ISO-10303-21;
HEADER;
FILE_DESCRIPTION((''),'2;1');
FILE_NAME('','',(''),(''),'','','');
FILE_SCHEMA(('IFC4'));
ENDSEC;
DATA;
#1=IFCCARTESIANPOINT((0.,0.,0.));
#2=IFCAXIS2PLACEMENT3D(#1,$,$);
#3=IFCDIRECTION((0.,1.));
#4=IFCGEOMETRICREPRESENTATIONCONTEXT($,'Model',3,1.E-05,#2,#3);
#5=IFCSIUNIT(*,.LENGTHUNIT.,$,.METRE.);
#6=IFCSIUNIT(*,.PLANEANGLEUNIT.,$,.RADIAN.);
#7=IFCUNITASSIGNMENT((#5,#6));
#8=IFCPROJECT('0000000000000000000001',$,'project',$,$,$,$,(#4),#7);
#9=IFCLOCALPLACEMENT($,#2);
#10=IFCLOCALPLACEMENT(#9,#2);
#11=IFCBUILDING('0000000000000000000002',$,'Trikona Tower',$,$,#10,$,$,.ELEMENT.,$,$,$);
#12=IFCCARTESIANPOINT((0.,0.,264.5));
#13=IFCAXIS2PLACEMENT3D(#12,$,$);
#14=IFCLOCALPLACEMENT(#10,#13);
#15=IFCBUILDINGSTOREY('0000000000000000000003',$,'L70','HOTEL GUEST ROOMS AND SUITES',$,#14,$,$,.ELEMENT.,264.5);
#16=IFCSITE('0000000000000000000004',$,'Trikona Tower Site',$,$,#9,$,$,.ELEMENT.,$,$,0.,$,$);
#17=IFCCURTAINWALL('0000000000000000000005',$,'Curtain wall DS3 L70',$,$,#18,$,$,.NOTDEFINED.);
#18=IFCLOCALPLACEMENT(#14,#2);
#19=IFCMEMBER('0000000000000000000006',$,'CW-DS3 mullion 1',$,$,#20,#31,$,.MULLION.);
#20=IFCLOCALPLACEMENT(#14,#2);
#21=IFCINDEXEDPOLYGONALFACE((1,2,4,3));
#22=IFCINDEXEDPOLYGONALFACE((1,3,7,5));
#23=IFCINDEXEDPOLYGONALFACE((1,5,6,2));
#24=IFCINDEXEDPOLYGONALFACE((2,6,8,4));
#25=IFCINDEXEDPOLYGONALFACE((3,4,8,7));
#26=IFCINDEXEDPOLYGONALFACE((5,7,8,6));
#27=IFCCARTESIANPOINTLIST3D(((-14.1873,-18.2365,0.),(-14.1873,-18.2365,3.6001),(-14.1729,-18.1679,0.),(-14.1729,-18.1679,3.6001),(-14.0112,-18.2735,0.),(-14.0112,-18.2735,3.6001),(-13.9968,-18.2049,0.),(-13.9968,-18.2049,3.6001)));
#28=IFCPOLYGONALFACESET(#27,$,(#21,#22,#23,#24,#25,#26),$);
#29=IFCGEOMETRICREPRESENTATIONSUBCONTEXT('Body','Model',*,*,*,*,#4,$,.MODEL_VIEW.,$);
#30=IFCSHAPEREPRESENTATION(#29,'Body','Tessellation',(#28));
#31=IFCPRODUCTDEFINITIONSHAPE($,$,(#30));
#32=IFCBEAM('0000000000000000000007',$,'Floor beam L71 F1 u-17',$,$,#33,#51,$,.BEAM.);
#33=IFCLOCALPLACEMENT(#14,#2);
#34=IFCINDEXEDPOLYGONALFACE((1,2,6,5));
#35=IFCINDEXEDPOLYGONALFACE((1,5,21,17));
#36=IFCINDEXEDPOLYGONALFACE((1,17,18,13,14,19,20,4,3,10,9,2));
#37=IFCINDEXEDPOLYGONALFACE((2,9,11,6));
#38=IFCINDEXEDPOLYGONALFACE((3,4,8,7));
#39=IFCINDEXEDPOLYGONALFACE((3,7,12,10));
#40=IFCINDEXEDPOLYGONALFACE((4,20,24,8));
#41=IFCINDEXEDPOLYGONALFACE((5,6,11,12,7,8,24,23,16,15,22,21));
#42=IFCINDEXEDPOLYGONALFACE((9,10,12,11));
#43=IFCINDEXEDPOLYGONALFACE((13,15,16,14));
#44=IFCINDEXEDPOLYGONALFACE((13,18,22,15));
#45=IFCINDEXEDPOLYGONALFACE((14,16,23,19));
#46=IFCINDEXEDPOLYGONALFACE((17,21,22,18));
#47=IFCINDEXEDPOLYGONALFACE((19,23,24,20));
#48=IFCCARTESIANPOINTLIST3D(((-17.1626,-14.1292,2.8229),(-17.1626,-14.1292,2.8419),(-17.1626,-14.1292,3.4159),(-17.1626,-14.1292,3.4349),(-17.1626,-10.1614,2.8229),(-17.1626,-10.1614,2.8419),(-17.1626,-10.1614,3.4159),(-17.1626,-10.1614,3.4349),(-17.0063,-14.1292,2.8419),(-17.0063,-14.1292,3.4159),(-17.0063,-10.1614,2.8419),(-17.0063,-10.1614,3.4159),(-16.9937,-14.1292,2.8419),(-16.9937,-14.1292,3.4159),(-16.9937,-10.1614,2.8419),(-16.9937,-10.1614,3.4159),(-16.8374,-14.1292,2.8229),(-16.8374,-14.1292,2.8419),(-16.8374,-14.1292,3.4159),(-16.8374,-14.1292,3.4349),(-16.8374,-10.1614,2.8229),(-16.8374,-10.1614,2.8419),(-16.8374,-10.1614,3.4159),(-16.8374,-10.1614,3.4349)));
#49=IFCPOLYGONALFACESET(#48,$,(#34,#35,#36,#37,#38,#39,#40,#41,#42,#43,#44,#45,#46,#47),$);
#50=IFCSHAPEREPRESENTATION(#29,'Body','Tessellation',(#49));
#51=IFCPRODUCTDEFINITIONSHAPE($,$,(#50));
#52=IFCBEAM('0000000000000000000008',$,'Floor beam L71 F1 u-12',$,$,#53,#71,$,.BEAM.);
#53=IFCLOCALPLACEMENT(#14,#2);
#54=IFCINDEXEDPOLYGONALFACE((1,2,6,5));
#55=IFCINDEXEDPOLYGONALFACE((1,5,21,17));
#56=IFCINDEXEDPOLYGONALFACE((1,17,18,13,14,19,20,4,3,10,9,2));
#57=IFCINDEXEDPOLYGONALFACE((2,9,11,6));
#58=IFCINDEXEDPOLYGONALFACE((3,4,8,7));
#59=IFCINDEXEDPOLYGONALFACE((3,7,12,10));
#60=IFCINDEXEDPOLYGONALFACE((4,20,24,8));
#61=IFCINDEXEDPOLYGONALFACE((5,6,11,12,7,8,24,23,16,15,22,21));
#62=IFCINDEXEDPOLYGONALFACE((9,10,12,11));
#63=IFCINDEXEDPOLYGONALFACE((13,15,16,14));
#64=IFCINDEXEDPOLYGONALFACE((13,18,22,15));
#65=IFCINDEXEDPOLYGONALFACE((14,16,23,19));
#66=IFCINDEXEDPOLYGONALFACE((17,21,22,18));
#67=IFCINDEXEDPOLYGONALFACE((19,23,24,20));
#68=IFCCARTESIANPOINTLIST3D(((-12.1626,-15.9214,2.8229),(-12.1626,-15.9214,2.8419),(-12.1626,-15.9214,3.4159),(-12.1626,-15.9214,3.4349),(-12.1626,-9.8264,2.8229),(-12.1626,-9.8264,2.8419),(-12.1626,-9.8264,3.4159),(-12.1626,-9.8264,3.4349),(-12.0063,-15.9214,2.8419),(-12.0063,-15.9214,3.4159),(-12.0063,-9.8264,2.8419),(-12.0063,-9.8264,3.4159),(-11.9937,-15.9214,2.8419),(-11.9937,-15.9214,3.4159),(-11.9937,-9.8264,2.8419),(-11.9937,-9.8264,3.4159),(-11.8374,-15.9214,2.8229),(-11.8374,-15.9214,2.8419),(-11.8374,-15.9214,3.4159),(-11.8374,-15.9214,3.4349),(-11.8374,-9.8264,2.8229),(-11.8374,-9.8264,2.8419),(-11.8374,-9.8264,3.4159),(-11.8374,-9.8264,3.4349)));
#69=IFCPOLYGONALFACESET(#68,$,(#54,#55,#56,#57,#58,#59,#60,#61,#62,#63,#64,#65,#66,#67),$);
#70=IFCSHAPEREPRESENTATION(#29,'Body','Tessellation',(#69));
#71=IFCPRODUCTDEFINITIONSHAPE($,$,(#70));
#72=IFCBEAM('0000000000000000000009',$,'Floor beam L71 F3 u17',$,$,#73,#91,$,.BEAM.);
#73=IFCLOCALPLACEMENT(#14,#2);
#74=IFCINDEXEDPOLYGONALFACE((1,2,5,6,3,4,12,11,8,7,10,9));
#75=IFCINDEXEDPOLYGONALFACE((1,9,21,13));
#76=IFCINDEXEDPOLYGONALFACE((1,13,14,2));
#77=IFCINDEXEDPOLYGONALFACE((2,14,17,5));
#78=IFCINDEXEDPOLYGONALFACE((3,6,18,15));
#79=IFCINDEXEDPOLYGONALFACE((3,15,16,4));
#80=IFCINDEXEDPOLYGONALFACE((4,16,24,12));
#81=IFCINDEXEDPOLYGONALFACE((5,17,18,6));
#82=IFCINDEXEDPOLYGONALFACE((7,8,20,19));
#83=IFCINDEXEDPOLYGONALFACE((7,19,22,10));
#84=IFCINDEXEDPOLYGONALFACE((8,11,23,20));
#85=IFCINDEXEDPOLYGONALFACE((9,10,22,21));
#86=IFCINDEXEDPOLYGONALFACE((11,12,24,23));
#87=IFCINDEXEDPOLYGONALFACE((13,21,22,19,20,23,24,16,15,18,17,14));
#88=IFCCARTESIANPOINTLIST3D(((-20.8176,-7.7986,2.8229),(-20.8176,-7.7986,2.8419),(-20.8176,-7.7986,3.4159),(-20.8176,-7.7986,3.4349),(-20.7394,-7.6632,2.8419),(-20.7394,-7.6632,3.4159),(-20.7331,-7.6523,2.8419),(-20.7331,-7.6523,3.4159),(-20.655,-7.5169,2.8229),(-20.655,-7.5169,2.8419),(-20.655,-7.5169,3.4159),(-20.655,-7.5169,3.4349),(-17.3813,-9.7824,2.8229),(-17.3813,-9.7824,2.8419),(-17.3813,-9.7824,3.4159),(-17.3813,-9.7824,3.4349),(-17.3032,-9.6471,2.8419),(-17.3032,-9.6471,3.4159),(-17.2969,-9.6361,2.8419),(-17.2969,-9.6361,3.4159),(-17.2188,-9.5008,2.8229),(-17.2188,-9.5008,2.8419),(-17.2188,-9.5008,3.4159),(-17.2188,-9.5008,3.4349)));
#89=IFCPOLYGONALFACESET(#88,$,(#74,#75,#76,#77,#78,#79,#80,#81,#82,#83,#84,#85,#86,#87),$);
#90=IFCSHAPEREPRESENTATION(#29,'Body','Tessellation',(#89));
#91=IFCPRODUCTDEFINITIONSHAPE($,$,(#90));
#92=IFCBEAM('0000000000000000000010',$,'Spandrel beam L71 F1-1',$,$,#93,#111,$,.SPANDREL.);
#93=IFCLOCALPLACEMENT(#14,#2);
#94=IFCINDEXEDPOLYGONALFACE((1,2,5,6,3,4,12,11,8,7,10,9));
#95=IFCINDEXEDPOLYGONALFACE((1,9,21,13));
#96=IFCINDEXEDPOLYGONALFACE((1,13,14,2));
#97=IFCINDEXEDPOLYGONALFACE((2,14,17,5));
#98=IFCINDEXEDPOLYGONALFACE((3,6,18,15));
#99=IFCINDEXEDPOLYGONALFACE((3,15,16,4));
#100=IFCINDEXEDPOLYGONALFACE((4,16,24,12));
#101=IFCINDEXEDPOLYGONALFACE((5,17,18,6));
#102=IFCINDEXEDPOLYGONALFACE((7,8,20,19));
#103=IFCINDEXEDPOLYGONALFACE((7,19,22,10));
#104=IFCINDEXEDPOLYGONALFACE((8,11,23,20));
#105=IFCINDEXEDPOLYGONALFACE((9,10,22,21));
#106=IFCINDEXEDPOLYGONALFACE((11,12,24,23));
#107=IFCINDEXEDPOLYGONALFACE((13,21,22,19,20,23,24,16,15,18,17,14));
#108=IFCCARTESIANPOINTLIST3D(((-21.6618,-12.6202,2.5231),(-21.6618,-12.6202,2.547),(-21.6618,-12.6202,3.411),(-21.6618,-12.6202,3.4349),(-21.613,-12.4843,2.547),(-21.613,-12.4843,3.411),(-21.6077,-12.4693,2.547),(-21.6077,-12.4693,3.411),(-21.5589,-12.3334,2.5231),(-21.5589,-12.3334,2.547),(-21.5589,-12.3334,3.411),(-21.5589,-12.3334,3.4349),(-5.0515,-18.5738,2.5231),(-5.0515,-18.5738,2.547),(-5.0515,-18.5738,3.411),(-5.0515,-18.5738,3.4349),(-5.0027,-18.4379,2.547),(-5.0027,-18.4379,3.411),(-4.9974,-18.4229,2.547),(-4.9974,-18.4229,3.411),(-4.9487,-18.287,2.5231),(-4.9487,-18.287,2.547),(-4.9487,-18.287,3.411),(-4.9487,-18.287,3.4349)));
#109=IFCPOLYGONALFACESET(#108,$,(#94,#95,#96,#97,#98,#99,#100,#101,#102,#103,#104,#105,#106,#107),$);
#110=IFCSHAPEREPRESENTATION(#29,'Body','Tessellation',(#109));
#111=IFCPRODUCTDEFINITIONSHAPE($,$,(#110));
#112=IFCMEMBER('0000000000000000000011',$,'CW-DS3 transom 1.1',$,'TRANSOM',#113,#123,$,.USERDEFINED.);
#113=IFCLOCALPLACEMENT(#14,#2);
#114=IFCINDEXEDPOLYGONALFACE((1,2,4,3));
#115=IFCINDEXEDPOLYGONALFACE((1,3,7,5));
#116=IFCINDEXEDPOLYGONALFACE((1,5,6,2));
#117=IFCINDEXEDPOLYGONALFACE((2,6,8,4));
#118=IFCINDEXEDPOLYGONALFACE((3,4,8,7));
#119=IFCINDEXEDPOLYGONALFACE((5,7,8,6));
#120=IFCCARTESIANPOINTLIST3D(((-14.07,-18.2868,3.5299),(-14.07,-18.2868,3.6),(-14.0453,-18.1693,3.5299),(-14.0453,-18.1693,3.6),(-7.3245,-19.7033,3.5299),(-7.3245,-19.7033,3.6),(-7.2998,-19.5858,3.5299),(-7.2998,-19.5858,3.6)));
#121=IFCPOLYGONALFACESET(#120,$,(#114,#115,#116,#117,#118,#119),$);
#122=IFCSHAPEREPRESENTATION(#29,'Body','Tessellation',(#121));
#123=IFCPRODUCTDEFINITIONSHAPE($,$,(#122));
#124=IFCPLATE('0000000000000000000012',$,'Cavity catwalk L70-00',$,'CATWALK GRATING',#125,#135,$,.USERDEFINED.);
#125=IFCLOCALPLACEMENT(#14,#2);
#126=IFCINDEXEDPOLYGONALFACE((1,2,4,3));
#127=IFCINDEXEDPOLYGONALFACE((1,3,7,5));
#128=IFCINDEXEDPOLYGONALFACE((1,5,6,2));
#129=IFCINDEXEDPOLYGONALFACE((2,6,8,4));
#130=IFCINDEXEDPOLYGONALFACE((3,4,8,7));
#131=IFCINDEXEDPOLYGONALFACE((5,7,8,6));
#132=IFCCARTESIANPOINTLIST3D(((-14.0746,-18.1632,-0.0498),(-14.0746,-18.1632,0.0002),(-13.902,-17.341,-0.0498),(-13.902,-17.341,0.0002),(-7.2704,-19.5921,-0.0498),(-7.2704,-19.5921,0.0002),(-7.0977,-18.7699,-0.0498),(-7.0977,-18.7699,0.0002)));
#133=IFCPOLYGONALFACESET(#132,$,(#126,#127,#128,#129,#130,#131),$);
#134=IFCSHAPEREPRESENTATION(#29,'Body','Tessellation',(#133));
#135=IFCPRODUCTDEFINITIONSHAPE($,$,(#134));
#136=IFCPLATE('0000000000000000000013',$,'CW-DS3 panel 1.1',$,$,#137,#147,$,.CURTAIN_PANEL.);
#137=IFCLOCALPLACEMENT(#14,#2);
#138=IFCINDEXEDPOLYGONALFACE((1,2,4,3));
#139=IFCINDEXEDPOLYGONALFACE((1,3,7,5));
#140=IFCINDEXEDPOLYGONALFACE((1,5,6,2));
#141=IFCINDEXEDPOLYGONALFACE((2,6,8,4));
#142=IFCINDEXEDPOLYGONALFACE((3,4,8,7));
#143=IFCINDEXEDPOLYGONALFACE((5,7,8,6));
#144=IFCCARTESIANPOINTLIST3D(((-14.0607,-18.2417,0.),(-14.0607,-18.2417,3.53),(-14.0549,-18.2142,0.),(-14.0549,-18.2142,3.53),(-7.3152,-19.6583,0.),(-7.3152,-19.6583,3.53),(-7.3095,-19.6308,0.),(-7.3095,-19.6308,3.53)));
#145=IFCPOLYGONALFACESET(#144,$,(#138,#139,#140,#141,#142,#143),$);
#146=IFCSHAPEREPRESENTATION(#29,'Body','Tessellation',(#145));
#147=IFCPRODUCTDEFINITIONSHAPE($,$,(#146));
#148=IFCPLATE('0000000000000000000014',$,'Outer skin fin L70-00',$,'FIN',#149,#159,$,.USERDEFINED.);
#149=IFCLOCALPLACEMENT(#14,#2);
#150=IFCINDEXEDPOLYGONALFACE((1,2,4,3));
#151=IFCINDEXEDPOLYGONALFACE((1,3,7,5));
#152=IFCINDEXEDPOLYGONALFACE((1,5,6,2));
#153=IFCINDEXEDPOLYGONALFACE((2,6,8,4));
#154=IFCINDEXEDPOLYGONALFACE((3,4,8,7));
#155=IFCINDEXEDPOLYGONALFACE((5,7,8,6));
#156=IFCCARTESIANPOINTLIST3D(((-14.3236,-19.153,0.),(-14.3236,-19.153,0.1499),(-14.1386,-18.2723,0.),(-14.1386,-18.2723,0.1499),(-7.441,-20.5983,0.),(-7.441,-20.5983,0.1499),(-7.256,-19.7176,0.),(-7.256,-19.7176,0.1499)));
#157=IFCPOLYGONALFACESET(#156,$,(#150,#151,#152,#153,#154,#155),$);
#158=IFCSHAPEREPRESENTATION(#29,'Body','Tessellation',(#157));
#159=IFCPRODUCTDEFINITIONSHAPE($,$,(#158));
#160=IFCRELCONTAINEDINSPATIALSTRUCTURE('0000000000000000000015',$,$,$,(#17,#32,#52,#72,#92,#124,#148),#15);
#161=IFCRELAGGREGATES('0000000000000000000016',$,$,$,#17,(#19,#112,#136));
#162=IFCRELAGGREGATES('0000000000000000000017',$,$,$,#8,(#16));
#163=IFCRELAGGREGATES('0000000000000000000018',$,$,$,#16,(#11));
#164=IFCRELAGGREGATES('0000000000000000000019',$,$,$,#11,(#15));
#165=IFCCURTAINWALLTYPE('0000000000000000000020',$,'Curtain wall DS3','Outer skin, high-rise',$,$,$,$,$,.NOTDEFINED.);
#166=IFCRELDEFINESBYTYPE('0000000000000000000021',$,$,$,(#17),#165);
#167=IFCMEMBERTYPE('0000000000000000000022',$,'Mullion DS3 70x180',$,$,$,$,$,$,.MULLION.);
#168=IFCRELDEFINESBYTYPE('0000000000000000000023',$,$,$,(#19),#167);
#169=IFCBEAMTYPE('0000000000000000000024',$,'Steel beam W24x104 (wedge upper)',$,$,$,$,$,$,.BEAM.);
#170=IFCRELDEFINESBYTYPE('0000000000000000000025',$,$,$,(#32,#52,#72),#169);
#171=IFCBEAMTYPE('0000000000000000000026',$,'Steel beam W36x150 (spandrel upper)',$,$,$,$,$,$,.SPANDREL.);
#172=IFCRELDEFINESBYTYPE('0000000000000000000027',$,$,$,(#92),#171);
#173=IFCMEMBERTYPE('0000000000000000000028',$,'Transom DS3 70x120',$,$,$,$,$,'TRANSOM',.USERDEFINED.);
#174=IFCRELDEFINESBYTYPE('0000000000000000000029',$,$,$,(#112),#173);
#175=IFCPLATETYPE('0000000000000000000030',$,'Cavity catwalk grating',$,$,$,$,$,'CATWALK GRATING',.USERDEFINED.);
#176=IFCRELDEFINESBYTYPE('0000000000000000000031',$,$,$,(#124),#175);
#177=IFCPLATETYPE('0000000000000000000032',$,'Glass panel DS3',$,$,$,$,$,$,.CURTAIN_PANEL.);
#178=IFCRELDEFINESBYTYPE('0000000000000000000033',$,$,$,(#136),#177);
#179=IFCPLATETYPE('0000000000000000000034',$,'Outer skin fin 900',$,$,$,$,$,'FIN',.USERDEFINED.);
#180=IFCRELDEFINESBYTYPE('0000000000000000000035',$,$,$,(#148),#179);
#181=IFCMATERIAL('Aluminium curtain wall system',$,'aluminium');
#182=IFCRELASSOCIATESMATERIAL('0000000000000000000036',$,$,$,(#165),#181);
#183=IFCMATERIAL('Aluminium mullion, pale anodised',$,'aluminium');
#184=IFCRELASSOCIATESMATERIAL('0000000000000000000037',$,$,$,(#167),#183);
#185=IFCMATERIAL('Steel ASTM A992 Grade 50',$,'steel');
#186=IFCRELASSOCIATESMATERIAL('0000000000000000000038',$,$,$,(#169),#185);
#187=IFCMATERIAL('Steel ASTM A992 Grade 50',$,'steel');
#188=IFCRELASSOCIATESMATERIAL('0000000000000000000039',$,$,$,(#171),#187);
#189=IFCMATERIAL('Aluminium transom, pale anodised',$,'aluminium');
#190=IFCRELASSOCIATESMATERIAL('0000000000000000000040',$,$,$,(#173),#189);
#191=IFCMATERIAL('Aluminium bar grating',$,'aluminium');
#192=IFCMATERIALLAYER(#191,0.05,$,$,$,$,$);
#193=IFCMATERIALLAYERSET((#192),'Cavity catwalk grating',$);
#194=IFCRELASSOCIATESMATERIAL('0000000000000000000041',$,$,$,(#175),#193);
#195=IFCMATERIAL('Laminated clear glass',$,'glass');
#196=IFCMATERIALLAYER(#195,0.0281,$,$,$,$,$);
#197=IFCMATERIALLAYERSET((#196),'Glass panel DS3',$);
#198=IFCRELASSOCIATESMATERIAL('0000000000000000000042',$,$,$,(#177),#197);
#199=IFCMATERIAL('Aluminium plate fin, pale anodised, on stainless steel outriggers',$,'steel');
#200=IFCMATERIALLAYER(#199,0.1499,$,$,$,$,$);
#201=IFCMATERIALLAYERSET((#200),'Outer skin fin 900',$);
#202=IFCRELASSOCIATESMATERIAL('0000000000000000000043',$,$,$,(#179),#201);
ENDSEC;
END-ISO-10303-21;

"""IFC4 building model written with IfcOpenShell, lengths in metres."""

from ifc_helpers import new_model, si_unit, direction, frame, origin, origin_2d, place, context, subcontext, project, spatial, rectangle, i_section, extrude, material, layer, layer_set, material_profile, profile_set, type_object, element, aggregate, save


model = new_model("IFC4")

# Units and contexts
model_context = context("Model", 3, precision=1e-05, world=origin(), true_north=direction((0.0, 1.0)))
body_context = subcontext(model_context, "Body", "Model", "MODEL_VIEW")
ifc_project = project(units=[si_unit("LENGTHUNIT", "METRE"), si_unit("PLANEANGLEUNIT", "RADIAN")], contexts=[model_context])

# Site, building, storey
site_placement = place(None, origin())
site = spatial("IfcSite", under=ifc_project, at=site_placement, Name="Trikona Tower Site", CompositionType="ELEMENT", RefElevation=0.0)
building_placement = place(site_placement, origin())
building = spatial("IfcBuilding", under=site, at=building_placement, Name="Trikona Tower", CompositionType="ELEMENT")
storey_placement = place(building_placement, frame((0.0, 0.0, 264.5)))
storey = spatial("IfcBuildingStorey", under=building, at=storey_placement, Name="L70", Description="HOTEL GUEST ROOMS AND SUITES", CompositionType="ELEMENT", Elevation=264.5)

# Curtain wall, member
ifc_material_1 = material(Name="Aluminium curtain wall system", Category="aluminium")
curtain_wall_type = type_object("IfcCurtainWallType", Name="Curtain wall DS3", Description="Outer skin, high-rise", PredefinedType="NOTDEFINED", material=ifc_material_1)
curtain_wall_placement = place(storey_placement, origin())
curtain_wall = element("IfcCurtainWall", 1, at=curtain_wall_placement, inside=storey, type_object=curtain_wall_type, Name="Curtain wall DS3 L70", PredefinedType="NOTDEFINED")
ifc_material_2 = material(Name="Aluminium mullion, pale anodised", Category="aluminium")
ifc_material_profile_1 = material_profile(ifc_material_2, rectangle(XDim=0.0701, YDim=0.1799, at=origin_2d()), Name="MUL-DS3")
ifc_profile_set_1 = profile_set([ifc_material_profile_1], Name="Aluminium mullion, pale anodised")
member_type_1 = type_object("IfcMemberType", Name="Mullion DS3 70x180", PredefinedType="MULLION", material=ifc_profile_set_1)
member_1_placement = place(storey_placement, frame((-14.092, -18.2207, 0.0), z_axis=(0.0, 0.0, 1.0), x_axis=(0.205527, 0.978651, 0.0)))
member_1 = element("IfcMember", 2, at=member_1_placement, type_object=member_type_1, Name="CW-DS3 mullion 1", PredefinedType="MULLION", context=body_context, shape_type="SweptSolid", body=[
    extrude(rectangle(XDim=0.0701, YDim=0.1799, at=origin_2d()), origin(), (0.0, 0.0, 1.0), 3.6001),
])

# Beams
ifc_material_3 = material(Name="Steel ASTM A992 Grade 50", Category="steel")
ifc_material_profile_2 = material_profile(ifc_material_3, i_section(OverallWidth=0.3252, OverallDepth=0.6121, WebThickness=0.0127, FlangeThickness=0.019, at=origin_2d()), Name="W24X104")
ifc_profile_set_2 = profile_set([ifc_material_profile_2], Name="Steel ASTM A992 Grade 50")
beam_type_1 = type_object("IfcBeamType", Name="Steel beam W24x104 (wedge upper)", PredefinedType="BEAM", material=ifc_profile_set_2)
beam_1_placement = place(storey_placement, frame((-17.0, -10.1614, 3.1289), z_axis=(0.0, -1.0, 0.0), x_axis=(1.0, 0.0, 0.0)))
element("IfcBeam", 3, at=beam_1_placement, inside=storey, type_object=beam_type_1, Name="Floor beam L71 F1 u-17", PredefinedType="BEAM", context=body_context, shape_type="SweptSolid", body=[
    extrude(i_section(OverallWidth=0.3252, OverallDepth=0.6121, WebThickness=0.0127, FlangeThickness=0.019, at=origin_2d()), origin(), (0.0, 0.0, 1.0), 3.9678),
])
beam_2_placement = place(storey_placement, frame((-12.0, -9.8264, 3.1289), z_axis=(0.0, -1.0, 0.0), x_axis=(1.0, 0.0, 0.0)))
element("IfcBeam", 4, at=beam_2_placement, inside=storey, type_object=beam_type_1, Name="Floor beam L71 F1 u-12", PredefinedType="BEAM", context=body_context, shape_type="SweptSolid", body=[
    extrude(i_section(OverallWidth=0.3252, OverallDepth=0.6121, WebThickness=0.0127, FlangeThickness=0.019, at=origin_2d()), origin(), (0.0, 0.0, 1.0), 6.095),
])
beam_3_placement = place(storey_placement, frame((-17.3, -9.6416, 3.1289), z_axis=(-0.866031, 0.499991, 0.0), x_axis=(-0.499991, -0.866031, 0.0)))
element("IfcBeam", 5, at=beam_3_placement, inside=storey, type_object=beam_type_1, Name="Floor beam L71 F3 u17", PredefinedType="BEAM", context=body_context, shape_type="SweptSolid", body=[
    extrude(i_section(OverallWidth=0.3252, OverallDepth=0.6121, WebThickness=0.0127, FlangeThickness=0.019, at=origin_2d()), origin(), (0.0, 0.0, 1.0), 3.9678),
])
ifc_material_4 = material(Name="Steel ASTM A992 Grade 50", Category="steel")
ifc_material_profile_3 = material_profile(ifc_material_4, i_section(OverallWidth=0.3047, OverallDepth=0.9119, WebThickness=0.0159, FlangeThickness=0.0239, at=origin_2d()), Name="W36X150")
ifc_profile_set_3 = profile_set([ifc_material_profile_3], Name="Steel ASTM A992 Grade 50")
beam_type_2 = type_object("IfcBeamType", Name="Steel beam W36x150 (spandrel upper)", PredefinedType="SPANDREL", material=ifc_profile_set_3)
beam_4_placement = place(storey_placement, frame((-21.6104, -12.4768, 2.979), z_axis=(0.941358, -0.337409, 0.0), x_axis=(0.337409, 0.941358, 0.0)))
element("IfcBeam", 6, at=beam_4_placement, inside=storey, type_object=beam_type_2, Name="Spandrel beam L71 F1-1", PredefinedType="SPANDREL", context=body_context, shape_type="SweptSolid", body=[
    extrude(i_section(OverallWidth=0.3047, OverallDepth=0.9119, WebThickness=0.0159, FlangeThickness=0.0239, at=origin_2d()), origin(), (0.0, 0.0, 1.0), 17.645),
])

# Member
ifc_material_5 = material(Name="Aluminium transom, pale anodised", Category="aluminium")
ifc_material_profile_4 = material_profile(ifc_material_5, rectangle(XDim=0.1201, YDim=0.0701, at=origin_2d()), Name="TRN-DS3")
ifc_profile_set_4 = profile_set([ifc_material_profile_4], Name="Aluminium transom, pale anodised")
member_type_2 = type_object("IfcMemberType", Name="Transom DS3 70x120", ElementType="TRANSOM", PredefinedType="USERDEFINED", material=ifc_profile_set_4)
member_2_placement = place(storey_placement, frame((-14.0576, -18.228, 3.5649), z_axis=(0.978654, -0.205514, 0.0), x_axis=(0.205514, 0.978654, 0.0)))
member_2 = element("IfcMember", 7, at=member_2_placement, type_object=member_type_2, Name="CW-DS3 transom 1.1", ObjectType="TRANSOM", PredefinedType="USERDEFINED", context=body_context, shape_type="SweptSolid", body=[
    extrude(rectangle(XDim=0.1201, YDim=0.0701, at=origin_2d()), origin(), (0.0, 0.0, 1.0), 6.8926),
])

# Plates
ifc_material_6 = material(Name="Aluminium bar grating", Category="aluminium")
ifc_layer_1 = layer(ifc_material_6, 0.05)
ifc_layer_set_1 = layer_set([ifc_layer_1], Name="Cavity catwalk grating")
plate_type_1 = type_object("IfcPlateType", Name="Cavity catwalk grating", ElementType="CATWALK GRATING", PredefinedType="USERDEFINED", material=ifc_layer_set_1)
plate_1_placement = place(storey_placement, frame((-10.5862, -18.4666, -0.0498), z_axis=(0.0, 0.0, 1.0), x_axis=(0.978653, -0.205518, 0.0)))
element("IfcPlate", 8, at=plate_1_placement, inside=storey, type_object=plate_type_1, Name="Cavity catwalk L70-00", ObjectType="CATWALK GRATING", PredefinedType="USERDEFINED", context=body_context, shape_type="SweptSolid", body=[
    extrude(rectangle(XDim=6.9526, YDim=0.8401, at=origin_2d()), origin(), (0.0, 0.0, 1.0), 0.05),
])
ifc_material_7 = material(Name="Laminated clear glass", Category="glass")
ifc_layer_2 = layer(ifc_material_7, 0.0281)
ifc_layer_set_2 = layer_set([ifc_layer_2], Name="Glass panel DS3")
plate_type_2 = type_object("IfcPlateType", Name="Glass panel DS3", PredefinedType="CURTAIN_PANEL", material=ifc_layer_set_2)
plate_2_placement = place(storey_placement, frame((-10.6851, -18.9363, 0.0), z_axis=(0.0, 0.0, 1.0), x_axis=(0.978651, -0.205527, 0.0)))
plate_2 = element("IfcPlate", 9, at=plate_2_placement, type_object=plate_type_2, Name="CW-DS3 panel 1.1", PredefinedType="CURTAIN_PANEL", context=body_context, shape_type="SweptSolid", body=[
    extrude(rectangle(XDim=6.8926, YDim=0.0281, at=origin_2d()), origin(), (0.0, 0.0, 1.0), 3.53),
])
aggregate(curtain_wall, [member_1, member_2, plate_2])
ifc_material_8 = material(Name="Aluminium plate fin, pale anodised, on stainless steel outriggers", Category="steel")
ifc_layer_3 = layer(ifc_material_8, 0.1499)
ifc_layer_set_3 = layer_set([ifc_layer_3], Name="Outer skin fin 900")
plate_type_3 = type_object("IfcPlateType", Name="Outer skin fin 900", ElementType="FIN", PredefinedType="USERDEFINED", material=ifc_layer_set_3)
plate_3_placement = place(storey_placement, frame((-10.7898, -19.4353, 0.0), z_axis=(0.0, 0.0, 1.0), x_axis=(0.978653, -0.205518, 0.0)))
element("IfcPlate", 10, at=plate_3_placement, inside=storey, type_object=plate_type_3, Name="Outer skin fin L70-00", ObjectType="FIN", PredefinedType="USERDEFINED", context=body_context, shape_type="SweptSolid", body=[
    extrude(rectangle(XDim=7.0327, YDim=0.8999, at=origin_2d()), origin(), (0.0, 0.0, 1.0), 0.1499),
])

save(model, "model.ifc")
